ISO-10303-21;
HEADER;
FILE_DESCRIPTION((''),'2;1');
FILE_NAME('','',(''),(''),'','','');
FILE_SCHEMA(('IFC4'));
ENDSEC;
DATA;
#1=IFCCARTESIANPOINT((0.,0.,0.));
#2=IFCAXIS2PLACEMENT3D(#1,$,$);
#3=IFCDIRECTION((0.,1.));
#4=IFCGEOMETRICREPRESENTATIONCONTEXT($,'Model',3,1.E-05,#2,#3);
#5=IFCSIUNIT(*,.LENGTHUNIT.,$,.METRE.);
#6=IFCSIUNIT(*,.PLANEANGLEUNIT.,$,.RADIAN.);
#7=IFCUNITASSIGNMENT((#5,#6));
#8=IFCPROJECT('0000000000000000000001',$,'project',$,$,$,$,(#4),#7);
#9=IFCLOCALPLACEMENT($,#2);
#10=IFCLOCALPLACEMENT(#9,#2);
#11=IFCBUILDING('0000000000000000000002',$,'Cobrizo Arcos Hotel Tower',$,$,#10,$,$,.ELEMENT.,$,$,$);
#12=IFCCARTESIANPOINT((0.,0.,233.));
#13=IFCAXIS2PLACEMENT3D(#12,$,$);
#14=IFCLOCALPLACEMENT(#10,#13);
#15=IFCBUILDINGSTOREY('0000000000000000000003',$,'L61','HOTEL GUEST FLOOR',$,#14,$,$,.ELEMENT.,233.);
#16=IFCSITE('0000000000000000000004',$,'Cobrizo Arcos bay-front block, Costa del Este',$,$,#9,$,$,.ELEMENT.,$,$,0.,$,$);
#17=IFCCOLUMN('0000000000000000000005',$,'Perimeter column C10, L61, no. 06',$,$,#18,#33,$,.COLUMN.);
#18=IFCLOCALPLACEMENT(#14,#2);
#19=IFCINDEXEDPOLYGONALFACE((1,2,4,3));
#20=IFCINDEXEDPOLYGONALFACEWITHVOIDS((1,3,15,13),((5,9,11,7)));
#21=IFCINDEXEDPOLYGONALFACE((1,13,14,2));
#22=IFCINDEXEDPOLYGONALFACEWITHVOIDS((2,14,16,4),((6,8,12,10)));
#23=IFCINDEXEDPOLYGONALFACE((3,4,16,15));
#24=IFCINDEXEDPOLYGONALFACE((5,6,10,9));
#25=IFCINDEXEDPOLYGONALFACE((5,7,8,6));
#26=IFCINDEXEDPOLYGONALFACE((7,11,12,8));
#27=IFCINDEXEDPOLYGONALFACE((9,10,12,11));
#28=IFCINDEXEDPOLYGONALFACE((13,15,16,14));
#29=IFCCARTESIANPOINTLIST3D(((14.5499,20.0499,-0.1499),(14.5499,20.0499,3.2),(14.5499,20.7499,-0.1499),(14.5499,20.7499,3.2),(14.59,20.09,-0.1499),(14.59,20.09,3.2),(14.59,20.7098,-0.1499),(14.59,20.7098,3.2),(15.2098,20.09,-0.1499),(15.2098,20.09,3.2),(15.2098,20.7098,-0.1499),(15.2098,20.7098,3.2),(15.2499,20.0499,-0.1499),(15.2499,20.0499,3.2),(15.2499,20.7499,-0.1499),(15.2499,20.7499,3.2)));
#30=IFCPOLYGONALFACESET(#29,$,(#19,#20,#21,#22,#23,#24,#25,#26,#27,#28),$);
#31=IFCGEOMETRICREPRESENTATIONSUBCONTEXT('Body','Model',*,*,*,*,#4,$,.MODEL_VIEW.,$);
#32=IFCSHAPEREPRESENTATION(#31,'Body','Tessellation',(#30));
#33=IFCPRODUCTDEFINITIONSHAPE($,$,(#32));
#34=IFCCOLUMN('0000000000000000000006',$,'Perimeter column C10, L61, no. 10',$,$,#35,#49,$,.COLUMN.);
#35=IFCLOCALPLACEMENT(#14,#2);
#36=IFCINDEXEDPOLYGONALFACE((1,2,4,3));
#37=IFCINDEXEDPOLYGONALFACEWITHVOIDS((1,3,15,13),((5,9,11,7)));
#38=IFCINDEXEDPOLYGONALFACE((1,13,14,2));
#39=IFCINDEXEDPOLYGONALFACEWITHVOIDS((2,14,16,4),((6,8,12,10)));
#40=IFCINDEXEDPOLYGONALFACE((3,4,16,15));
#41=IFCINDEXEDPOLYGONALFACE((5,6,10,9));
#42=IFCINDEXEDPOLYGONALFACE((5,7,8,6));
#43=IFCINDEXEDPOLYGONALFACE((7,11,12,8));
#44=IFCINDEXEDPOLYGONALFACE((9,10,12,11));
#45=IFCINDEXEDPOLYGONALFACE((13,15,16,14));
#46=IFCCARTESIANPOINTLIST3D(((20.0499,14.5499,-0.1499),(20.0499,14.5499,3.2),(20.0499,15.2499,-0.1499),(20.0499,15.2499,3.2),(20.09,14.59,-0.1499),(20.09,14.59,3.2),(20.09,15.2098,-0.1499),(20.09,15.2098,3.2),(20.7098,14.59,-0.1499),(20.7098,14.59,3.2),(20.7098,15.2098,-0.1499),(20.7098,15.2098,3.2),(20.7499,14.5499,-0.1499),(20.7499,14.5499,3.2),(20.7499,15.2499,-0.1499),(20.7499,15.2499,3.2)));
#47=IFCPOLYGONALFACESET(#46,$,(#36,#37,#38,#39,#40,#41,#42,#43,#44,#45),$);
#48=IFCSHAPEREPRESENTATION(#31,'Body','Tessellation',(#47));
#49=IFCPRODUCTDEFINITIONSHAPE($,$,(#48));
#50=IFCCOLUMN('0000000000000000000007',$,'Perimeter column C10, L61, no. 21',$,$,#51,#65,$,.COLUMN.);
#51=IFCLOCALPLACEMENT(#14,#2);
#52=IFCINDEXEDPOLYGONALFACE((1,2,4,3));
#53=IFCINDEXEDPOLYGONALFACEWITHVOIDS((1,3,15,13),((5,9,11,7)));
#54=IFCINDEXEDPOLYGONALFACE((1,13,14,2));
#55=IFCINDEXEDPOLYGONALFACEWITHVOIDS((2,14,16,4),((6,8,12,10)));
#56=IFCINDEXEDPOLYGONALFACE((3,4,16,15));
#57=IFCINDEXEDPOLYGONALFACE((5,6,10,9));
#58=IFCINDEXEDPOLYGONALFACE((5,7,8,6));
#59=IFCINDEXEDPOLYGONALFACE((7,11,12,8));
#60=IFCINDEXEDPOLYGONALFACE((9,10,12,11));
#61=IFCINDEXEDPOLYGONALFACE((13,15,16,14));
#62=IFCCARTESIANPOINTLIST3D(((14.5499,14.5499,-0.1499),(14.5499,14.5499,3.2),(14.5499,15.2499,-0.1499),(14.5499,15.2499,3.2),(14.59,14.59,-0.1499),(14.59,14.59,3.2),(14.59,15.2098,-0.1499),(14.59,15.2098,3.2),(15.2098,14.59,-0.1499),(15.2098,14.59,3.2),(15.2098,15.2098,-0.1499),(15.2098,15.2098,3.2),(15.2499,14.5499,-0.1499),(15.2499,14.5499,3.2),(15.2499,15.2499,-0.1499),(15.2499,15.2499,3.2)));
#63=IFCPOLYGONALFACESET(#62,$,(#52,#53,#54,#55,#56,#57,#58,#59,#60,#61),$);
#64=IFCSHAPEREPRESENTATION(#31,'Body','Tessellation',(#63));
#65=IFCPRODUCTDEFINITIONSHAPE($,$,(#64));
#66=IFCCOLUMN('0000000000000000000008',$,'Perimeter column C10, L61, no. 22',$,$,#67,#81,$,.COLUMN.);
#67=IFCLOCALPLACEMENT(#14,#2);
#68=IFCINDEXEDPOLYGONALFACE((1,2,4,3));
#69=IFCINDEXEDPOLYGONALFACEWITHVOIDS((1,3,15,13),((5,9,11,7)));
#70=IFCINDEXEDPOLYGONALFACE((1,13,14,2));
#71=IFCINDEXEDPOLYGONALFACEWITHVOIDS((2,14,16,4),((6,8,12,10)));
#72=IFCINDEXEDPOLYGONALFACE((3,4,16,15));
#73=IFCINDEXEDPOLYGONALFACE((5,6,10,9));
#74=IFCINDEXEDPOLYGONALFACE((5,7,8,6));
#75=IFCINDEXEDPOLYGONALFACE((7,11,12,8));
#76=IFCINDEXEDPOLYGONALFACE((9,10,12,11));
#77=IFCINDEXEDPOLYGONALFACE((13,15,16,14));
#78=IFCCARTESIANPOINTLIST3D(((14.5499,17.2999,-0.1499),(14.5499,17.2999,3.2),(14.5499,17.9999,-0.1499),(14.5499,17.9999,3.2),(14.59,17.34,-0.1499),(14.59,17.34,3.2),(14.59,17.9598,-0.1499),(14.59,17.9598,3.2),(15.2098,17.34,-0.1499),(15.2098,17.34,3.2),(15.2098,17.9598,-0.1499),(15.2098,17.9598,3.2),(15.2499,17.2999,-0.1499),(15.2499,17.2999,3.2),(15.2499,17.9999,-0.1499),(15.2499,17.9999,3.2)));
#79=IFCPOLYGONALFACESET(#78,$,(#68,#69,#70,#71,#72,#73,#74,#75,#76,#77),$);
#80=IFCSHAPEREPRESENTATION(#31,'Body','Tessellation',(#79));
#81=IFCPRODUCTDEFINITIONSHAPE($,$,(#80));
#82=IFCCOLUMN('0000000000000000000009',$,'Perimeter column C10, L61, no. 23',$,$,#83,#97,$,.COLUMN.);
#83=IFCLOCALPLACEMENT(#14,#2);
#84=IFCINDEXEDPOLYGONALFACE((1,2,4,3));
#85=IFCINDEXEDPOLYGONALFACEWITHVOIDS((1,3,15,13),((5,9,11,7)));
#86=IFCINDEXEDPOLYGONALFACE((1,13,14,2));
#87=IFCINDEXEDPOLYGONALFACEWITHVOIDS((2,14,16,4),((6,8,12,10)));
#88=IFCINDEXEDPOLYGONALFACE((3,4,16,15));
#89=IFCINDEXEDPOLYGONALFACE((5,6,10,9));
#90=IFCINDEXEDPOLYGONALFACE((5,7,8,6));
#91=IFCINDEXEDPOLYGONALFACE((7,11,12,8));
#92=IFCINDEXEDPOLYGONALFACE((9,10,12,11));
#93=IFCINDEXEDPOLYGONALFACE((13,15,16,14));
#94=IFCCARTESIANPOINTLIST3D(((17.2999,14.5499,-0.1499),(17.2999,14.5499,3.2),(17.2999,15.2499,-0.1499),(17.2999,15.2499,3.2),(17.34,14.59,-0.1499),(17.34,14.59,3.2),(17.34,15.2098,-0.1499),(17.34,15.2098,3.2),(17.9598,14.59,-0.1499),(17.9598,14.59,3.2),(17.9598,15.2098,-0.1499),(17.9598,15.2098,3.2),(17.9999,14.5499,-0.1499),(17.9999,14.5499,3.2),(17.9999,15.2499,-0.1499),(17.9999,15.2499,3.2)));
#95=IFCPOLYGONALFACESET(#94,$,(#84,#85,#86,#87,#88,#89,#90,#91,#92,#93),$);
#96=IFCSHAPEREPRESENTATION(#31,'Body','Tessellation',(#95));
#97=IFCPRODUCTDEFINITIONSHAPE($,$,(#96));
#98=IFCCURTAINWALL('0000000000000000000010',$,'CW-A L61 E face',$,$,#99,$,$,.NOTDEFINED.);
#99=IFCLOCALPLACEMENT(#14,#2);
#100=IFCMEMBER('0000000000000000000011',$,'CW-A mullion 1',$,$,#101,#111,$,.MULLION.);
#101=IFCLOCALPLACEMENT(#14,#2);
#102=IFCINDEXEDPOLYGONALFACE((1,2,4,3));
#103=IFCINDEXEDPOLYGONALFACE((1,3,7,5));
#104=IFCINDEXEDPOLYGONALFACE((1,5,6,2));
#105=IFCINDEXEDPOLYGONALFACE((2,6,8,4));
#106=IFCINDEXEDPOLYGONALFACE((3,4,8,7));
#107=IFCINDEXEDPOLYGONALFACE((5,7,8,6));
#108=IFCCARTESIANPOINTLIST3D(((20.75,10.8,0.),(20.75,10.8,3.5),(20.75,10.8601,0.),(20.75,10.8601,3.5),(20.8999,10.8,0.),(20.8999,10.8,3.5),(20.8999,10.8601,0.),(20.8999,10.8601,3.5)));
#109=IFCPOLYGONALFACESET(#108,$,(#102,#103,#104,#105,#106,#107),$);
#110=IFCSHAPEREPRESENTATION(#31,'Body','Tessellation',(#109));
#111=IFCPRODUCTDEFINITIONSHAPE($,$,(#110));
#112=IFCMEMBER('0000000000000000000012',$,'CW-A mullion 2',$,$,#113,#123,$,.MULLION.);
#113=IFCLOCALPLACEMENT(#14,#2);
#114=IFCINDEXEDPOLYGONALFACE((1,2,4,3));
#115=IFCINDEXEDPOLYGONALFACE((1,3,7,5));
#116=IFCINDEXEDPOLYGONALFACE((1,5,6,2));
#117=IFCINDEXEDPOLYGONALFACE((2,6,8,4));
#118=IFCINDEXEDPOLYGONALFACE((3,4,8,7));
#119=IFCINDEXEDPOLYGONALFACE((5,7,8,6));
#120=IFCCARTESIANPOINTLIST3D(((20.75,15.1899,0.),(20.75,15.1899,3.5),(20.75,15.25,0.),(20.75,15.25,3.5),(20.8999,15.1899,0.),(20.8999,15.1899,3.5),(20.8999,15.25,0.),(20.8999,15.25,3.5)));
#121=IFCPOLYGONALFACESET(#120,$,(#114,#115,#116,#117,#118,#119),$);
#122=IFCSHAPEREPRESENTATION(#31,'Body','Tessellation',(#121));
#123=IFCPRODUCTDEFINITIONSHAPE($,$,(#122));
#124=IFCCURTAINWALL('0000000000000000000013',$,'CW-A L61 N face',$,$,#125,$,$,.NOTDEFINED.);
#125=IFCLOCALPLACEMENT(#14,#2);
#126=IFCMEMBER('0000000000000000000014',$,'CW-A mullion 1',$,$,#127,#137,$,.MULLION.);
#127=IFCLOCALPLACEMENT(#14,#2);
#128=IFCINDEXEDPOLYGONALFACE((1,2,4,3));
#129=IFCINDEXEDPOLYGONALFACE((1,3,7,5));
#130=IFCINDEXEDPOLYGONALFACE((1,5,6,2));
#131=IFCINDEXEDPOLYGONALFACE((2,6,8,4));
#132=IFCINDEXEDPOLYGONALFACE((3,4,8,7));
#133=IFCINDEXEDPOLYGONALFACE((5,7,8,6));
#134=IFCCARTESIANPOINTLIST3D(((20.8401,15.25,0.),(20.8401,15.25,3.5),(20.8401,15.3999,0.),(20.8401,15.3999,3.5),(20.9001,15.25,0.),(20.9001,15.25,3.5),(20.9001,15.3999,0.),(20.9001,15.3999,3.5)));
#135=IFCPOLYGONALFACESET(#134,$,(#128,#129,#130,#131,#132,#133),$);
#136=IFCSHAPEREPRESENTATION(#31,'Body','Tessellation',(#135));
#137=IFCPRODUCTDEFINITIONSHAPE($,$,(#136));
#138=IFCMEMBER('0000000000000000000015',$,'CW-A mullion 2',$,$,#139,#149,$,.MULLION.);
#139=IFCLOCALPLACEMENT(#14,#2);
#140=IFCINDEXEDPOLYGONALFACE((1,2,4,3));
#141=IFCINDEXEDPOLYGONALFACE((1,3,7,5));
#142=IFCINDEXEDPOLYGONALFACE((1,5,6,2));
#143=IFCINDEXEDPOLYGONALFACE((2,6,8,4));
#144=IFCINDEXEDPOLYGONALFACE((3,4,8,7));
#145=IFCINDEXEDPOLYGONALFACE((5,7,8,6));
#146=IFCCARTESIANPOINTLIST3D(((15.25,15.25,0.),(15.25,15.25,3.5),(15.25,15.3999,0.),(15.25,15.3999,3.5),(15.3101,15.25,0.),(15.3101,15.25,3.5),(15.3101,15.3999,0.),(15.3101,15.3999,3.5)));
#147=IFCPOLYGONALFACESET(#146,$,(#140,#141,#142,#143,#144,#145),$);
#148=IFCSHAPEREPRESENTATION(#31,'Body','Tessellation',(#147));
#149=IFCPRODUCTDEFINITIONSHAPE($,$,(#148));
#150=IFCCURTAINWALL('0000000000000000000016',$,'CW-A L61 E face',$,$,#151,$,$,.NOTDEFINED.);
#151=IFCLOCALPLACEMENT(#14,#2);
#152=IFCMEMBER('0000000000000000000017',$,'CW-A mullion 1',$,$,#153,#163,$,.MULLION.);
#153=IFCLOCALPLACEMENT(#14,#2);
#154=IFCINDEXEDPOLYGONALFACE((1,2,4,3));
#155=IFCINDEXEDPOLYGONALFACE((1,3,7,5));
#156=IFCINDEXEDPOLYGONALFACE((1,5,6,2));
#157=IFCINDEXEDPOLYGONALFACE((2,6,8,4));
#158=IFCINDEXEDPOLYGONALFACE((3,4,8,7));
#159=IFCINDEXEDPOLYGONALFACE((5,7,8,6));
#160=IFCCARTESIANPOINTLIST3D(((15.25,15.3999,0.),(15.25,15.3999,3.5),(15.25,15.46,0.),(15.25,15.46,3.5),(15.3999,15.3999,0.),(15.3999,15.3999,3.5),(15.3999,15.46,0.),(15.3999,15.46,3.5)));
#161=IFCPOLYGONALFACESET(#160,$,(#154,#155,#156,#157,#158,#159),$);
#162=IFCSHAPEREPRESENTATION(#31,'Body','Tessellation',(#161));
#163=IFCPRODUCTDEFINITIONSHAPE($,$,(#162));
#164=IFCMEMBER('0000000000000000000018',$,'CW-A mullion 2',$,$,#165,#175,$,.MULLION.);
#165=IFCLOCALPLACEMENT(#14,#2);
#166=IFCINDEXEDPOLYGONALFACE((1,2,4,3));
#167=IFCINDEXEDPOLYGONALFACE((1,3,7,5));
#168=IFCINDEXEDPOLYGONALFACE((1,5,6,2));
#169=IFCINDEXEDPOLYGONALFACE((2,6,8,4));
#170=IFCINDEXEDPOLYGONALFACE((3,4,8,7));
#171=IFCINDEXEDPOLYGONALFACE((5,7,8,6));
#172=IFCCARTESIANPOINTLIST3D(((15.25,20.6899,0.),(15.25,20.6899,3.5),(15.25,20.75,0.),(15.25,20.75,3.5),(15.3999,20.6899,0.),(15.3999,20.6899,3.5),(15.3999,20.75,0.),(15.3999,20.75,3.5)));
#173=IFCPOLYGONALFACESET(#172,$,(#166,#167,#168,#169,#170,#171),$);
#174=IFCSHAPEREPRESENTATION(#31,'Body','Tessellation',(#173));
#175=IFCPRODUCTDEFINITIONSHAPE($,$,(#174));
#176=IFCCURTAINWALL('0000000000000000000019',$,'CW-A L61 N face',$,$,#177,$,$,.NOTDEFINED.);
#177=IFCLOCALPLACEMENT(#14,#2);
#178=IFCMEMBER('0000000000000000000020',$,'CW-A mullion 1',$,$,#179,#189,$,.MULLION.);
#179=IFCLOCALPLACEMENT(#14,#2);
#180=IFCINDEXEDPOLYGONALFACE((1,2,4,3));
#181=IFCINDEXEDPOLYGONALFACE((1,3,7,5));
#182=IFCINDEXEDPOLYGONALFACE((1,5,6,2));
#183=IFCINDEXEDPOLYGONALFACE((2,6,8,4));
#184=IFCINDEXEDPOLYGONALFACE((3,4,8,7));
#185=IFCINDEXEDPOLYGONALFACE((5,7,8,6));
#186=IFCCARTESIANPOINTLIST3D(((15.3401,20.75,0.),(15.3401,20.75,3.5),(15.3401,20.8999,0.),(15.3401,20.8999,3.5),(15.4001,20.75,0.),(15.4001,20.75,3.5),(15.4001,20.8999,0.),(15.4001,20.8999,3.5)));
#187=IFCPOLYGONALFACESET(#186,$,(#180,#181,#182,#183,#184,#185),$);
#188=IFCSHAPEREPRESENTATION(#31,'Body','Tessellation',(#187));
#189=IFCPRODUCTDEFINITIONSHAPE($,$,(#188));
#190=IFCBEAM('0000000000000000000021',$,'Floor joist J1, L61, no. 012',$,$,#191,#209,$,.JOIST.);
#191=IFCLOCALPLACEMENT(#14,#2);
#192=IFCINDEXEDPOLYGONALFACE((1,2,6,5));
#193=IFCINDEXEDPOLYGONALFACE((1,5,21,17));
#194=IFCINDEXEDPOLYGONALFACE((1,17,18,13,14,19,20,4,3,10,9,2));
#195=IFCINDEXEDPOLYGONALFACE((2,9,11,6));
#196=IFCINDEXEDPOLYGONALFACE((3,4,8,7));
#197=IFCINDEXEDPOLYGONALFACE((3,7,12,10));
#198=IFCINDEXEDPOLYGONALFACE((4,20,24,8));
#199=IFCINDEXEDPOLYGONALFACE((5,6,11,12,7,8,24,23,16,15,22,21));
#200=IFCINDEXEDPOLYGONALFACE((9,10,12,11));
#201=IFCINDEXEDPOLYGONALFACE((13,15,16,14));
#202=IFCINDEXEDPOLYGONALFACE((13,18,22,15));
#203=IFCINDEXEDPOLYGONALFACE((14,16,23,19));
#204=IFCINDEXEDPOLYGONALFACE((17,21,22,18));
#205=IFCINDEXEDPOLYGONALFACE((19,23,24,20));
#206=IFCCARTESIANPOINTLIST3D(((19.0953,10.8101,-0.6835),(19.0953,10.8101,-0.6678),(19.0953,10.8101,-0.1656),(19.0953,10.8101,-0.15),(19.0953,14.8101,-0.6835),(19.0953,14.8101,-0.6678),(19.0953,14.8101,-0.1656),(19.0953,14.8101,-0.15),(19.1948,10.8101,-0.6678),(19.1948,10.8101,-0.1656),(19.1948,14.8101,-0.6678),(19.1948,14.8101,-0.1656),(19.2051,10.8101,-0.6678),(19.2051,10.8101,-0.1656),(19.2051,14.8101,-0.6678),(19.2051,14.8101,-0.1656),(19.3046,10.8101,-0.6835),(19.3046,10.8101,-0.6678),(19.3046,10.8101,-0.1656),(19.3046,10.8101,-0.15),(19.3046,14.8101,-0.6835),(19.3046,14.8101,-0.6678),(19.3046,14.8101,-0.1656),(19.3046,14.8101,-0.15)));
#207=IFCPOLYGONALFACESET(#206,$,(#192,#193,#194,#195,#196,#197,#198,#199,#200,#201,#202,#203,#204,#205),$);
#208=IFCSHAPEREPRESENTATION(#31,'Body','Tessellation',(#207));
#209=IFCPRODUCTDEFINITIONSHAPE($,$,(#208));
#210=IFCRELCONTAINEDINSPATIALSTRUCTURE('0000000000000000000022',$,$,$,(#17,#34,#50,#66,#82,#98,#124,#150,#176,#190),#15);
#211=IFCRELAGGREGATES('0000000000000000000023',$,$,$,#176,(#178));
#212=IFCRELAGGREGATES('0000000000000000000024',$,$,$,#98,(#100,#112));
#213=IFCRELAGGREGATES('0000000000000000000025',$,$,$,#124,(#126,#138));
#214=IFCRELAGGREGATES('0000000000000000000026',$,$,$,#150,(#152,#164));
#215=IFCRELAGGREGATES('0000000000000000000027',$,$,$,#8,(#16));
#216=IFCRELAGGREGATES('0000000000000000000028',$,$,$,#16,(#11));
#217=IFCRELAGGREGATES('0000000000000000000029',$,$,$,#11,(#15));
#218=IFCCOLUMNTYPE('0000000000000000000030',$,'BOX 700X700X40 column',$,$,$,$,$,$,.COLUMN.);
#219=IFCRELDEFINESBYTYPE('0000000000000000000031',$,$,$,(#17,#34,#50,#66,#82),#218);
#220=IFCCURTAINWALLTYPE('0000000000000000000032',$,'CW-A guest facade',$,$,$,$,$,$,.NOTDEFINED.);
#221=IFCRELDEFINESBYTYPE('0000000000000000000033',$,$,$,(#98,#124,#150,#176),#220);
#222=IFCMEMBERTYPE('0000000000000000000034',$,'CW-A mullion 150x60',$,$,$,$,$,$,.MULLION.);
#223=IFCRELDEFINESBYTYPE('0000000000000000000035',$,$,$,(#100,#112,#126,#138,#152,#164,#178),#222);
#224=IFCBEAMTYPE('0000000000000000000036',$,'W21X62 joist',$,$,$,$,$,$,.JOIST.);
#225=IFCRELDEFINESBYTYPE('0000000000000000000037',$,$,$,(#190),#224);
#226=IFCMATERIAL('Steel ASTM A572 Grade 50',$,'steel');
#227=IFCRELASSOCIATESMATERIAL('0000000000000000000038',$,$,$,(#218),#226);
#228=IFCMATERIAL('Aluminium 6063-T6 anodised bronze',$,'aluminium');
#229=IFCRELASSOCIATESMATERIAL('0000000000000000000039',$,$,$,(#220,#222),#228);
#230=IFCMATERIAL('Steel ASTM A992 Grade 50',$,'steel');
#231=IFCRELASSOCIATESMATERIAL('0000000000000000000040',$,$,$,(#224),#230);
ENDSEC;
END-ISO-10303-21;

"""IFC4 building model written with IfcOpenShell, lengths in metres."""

from ifc_helpers import new_model, si_unit, direction, frame, origin, origin_2d, place, context, subcontext, project, spatial, rectangle, hollow_rectangle, i_section, extrude, material, material_profile, profile_set, type_object, element, aggregate, save


model = new_model("IFC4")

# Units and contexts
model_context = context("Model", 3, precision=1e-05, world=origin(), true_north=direction((0.0, 1.0)))
body_context = subcontext(model_context, "Body", "Model", "MODEL_VIEW")
ifc_project = project(units=[si_unit("LENGTHUNIT", "METRE"), si_unit("PLANEANGLEUNIT", "RADIAN")], contexts=[model_context])

# Site, building, storey
site_placement = place(None, origin())
site = spatial("IfcSite", under=ifc_project, at=site_placement, Name="Cobrizo Arcos bay-front block, Costa del Este", CompositionType="ELEMENT", RefElevation=0.0)
building_placement = place(site_placement, origin())
building = spatial("IfcBuilding", under=site, at=building_placement, Name="Cobrizo Arcos Hotel Tower", CompositionType="ELEMENT")
storey_placement = place(building_placement, frame((0.0, 0.0, 233.0)))
storey = spatial("IfcBuildingStorey", under=building, at=storey_placement, Name="L61", Description="HOTEL GUEST FLOOR", CompositionType="ELEMENT", Elevation=233.0)

# Columns
ifc_material_1 = material(Name="Steel ASTM A572 Grade 50", Category="steel")
ifc_material_profile_1 = material_profile(ifc_material_1, hollow_rectangle(XDim=0.7, YDim=0.7, WallThickness=0.04, at=origin_2d()), Name="BOX 700X700X40")
ifc_profile_set_1 = profile_set([ifc_material_profile_1], Name="Steel ASTM A572 Grade 50")
column_type = type_object("IfcColumnType", Name="BOX 700X700X40 column", PredefinedType="COLUMN", material=ifc_profile_set_1)
for number, where, z_axis, x_axis, name in (
    (1, (14.8999, 20.3999, -0.1499), (0.0, 0.0, 1.0), (1.0, 0.0, 0.0), "Perimeter column C10, L61, no. 06"),
    (2, (20.3999, 14.8999, -0.1499), (0.0, 0.0, 1.0), (1.0, 0.0, 0.0), "Perimeter column C10, L61, no. 10"),
    (3, (14.8999, 14.8999, -0.1499), (0.0, 0.0, 1.0), (1.0, 0.0, 0.0), "Perimeter column C10, L61, no. 21"),
    (4, (14.8999, 17.6499, -0.1499), (0.0, 0.0, 1.0), (1.0, 0.0, 0.0), "Perimeter column C10, L61, no. 22"),
    (5, (17.6499, 14.8999, -0.1499), (0.0, 0.0, 1.0), (1.0, 0.0, 0.0), "Perimeter column C10, L61, no. 23"),
):
    element("IfcColumn", number, at=place(storey_placement, frame(where, z_axis=z_axis, x_axis=x_axis)), inside=storey, type_object=column_type, Name=name, PredefinedType="COLUMN", context=body_context, shape_type="SweptSolid", body=[
        extrude(hollow_rectangle(XDim=0.7, YDim=0.7, WallThickness=0.04, at=origin_2d()), origin(), (0.0, 0.0, 1.0), 3.3499),
    ])

# Curtain walls, members
ifc_material_2 = material(Name="Aluminium 6063-T6 anodised bronze", Category="aluminium")
curtain_wall_type = type_object("IfcCurtainWallType", Name="CW-A guest facade", PredefinedType="NOTDEFINED", material=ifc_material_2)
curtain_wall_1_placement = place(storey_placement, origin())
curtain_wall_1 = element("IfcCurtainWall", 6, at=curtain_wall_1_placement, inside=storey, type_object=curtain_wall_type, Name="CW-A L61 E face", PredefinedType="NOTDEFINED")
ifc_material_profile_2 = material_profile(ifc_material_2, rectangle(XDim=0.1499, YDim=0.0601, at=origin_2d()), Name="CW-A mullion 150x60")
ifc_profile_set_2 = profile_set([ifc_material_profile_2], Name="Aluminium 6063-T6 anodised bronze")
member_type = type_object("IfcMemberType", Name="CW-A mullion 150x60", PredefinedType="MULLION", material=ifc_profile_set_2)
member_1_placement = place(storey_placement, frame((20.825, 10.8301, 0.0), z_axis=(0.0, 0.0, 1.0), x_axis=(1.0, 0.0, 0.0)))
member_1 = element("IfcMember", 7, at=member_1_placement, type_object=member_type, Name="CW-A mullion 1", PredefinedType="MULLION", context=body_context, shape_type="SweptSolid", body=[
    extrude(rectangle(XDim=0.1499, YDim=0.0601, at=origin_2d()), origin(), (0.0, 0.0, 1.0), 3.5),
])
member_2_placement = place(storey_placement, frame((20.825, 15.22, 0.0), z_axis=(0.0, 0.0, 1.0), x_axis=(1.0, 0.0, 0.0)))
member_2 = element("IfcMember", 8, at=member_2_placement, type_object=member_type, Name="CW-A mullion 2", PredefinedType="MULLION", context=body_context, shape_type="SweptSolid", body=[
    extrude(rectangle(XDim=0.1499, YDim=0.0601, at=origin_2d()), origin(), (0.0, 0.0, 1.0), 3.5),
])
curtain_wall_2_placement = place(storey_placement, origin())
curtain_wall_2 = element("IfcCurtainWall", 9, at=curtain_wall_2_placement, inside=storey, type_object=curtain_wall_type, Name="CW-A L61 N face", PredefinedType="NOTDEFINED")
member_3_placement = place(storey_placement, frame((20.8701, 15.325, 0.0), z_axis=(0.0, 0.0, 1.0), x_axis=(0.0, 1.0, 0.0)))
member_3 = element("IfcMember", 10, at=member_3_placement, type_object=member_type, Name="CW-A mullion 1", PredefinedType="MULLION", context=body_context, shape_type="SweptSolid", body=[
    extrude(rectangle(XDim=0.1499, YDim=0.0601, at=origin_2d()), origin(), (0.0, 0.0, 1.0), 3.5),
])
member_4_placement = place(storey_placement, frame((15.28, 15.325, 0.0), z_axis=(0.0, 0.0, 1.0), x_axis=(0.0, 1.0, 0.0)))
member_4 = element("IfcMember", 11, at=member_4_placement, type_object=member_type, Name="CW-A mullion 2", PredefinedType="MULLION", context=body_context, shape_type="SweptSolid", body=[
    extrude(rectangle(XDim=0.1499, YDim=0.0601, at=origin_2d()), origin(), (0.0, 0.0, 1.0), 3.5),
])
curtain_wall_3_placement = place(storey_placement, origin())
curtain_wall_3 = element("IfcCurtainWall", 12, at=curtain_wall_3_placement, inside=storey, type_object=curtain_wall_type, Name="CW-A L61 E face", PredefinedType="NOTDEFINED")
member_5_placement = place(storey_placement, frame((15.325, 15.4299, 0.0), z_axis=(0.0, 0.0, 1.0), x_axis=(1.0, 0.0, 0.0)))
member_5 = element("IfcMember", 13, at=member_5_placement, type_object=member_type, Name="CW-A mullion 1", PredefinedType="MULLION", context=body_context, shape_type="SweptSolid", body=[
    extrude(rectangle(XDim=0.1499, YDim=0.0601, at=origin_2d()), origin(), (0.0, 0.0, 1.0), 3.5),
])
member_6_placement = place(storey_placement, frame((15.325, 20.72, 0.0), z_axis=(0.0, 0.0, 1.0), x_axis=(1.0, 0.0, 0.0)))
member_6 = element("IfcMember", 14, at=member_6_placement, type_object=member_type, Name="CW-A mullion 2", PredefinedType="MULLION", context=body_context, shape_type="SweptSolid", body=[
    extrude(rectangle(XDim=0.1499, YDim=0.0601, at=origin_2d()), origin(), (0.0, 0.0, 1.0), 3.5),
])

# Curtain wall, member
curtain_wall_4_placement = place(storey_placement, origin())
curtain_wall_4 = element("IfcCurtainWall", 15, at=curtain_wall_4_placement, inside=storey, type_object=curtain_wall_type, Name="CW-A L61 N face", PredefinedType="NOTDEFINED")
member_7_placement = place(storey_placement, frame((15.3701, 20.825, 0.0), z_axis=(0.0, 0.0, 1.0), x_axis=(0.0, 1.0, 0.0)))
member_7 = element("IfcMember", 16, at=member_7_placement, type_object=member_type, Name="CW-A mullion 1", PredefinedType="MULLION", context=body_context, shape_type="SweptSolid", body=[
    extrude(rectangle(XDim=0.1499, YDim=0.0601, at=origin_2d()), origin(), (0.0, 0.0, 1.0), 3.5),
])
aggregate(curtain_wall_4, [member_7])

# Beam
ifc_material_3 = material(Name="Steel ASTM A992 Grade 50", Category="steel")
ifc_material_profile_3 = material_profile(ifc_material_3, i_section(OverallWidth=0.2092, OverallDepth=0.5334, WebThickness=0.0103, FlangeThickness=0.0156, at=origin_2d()), Name="W21X62")
ifc_profile_set_3 = profile_set([ifc_material_profile_3], Name="Steel ASTM A992 Grade 50")
beam_type_1 = type_object("IfcBeamType", Name="W21X62 joist", PredefinedType="JOIST", material=ifc_profile_set_3)
beam_1_placement = place(storey_placement, frame((19.2, 10.8101, -0.4167), z_axis=(0.0, 1.0, 0.0), x_axis=(-1.0, 0.0, 0.0)))
element("IfcBeam", 17, at=beam_1_placement, inside=storey, type_object=beam_type_1, Name="Floor joist J1, L61, no. 012", PredefinedType="JOIST", context=body_context, shape_type="SweptSolid", body=[
    extrude(i_section(OverallWidth=0.2092, OverallDepth=0.5334, WebThickness=0.0103, FlangeThickness=0.0156, at=origin_2d()), origin(), (0.0, 0.0, 1.0), 4.0),
])

aggregate(curtain_wall_1, [member_1, member_2])
aggregate(curtain_wall_2, [member_3, member_4])
aggregate(curtain_wall_3, [member_5, member_6])

save(model, "model.ifc")
